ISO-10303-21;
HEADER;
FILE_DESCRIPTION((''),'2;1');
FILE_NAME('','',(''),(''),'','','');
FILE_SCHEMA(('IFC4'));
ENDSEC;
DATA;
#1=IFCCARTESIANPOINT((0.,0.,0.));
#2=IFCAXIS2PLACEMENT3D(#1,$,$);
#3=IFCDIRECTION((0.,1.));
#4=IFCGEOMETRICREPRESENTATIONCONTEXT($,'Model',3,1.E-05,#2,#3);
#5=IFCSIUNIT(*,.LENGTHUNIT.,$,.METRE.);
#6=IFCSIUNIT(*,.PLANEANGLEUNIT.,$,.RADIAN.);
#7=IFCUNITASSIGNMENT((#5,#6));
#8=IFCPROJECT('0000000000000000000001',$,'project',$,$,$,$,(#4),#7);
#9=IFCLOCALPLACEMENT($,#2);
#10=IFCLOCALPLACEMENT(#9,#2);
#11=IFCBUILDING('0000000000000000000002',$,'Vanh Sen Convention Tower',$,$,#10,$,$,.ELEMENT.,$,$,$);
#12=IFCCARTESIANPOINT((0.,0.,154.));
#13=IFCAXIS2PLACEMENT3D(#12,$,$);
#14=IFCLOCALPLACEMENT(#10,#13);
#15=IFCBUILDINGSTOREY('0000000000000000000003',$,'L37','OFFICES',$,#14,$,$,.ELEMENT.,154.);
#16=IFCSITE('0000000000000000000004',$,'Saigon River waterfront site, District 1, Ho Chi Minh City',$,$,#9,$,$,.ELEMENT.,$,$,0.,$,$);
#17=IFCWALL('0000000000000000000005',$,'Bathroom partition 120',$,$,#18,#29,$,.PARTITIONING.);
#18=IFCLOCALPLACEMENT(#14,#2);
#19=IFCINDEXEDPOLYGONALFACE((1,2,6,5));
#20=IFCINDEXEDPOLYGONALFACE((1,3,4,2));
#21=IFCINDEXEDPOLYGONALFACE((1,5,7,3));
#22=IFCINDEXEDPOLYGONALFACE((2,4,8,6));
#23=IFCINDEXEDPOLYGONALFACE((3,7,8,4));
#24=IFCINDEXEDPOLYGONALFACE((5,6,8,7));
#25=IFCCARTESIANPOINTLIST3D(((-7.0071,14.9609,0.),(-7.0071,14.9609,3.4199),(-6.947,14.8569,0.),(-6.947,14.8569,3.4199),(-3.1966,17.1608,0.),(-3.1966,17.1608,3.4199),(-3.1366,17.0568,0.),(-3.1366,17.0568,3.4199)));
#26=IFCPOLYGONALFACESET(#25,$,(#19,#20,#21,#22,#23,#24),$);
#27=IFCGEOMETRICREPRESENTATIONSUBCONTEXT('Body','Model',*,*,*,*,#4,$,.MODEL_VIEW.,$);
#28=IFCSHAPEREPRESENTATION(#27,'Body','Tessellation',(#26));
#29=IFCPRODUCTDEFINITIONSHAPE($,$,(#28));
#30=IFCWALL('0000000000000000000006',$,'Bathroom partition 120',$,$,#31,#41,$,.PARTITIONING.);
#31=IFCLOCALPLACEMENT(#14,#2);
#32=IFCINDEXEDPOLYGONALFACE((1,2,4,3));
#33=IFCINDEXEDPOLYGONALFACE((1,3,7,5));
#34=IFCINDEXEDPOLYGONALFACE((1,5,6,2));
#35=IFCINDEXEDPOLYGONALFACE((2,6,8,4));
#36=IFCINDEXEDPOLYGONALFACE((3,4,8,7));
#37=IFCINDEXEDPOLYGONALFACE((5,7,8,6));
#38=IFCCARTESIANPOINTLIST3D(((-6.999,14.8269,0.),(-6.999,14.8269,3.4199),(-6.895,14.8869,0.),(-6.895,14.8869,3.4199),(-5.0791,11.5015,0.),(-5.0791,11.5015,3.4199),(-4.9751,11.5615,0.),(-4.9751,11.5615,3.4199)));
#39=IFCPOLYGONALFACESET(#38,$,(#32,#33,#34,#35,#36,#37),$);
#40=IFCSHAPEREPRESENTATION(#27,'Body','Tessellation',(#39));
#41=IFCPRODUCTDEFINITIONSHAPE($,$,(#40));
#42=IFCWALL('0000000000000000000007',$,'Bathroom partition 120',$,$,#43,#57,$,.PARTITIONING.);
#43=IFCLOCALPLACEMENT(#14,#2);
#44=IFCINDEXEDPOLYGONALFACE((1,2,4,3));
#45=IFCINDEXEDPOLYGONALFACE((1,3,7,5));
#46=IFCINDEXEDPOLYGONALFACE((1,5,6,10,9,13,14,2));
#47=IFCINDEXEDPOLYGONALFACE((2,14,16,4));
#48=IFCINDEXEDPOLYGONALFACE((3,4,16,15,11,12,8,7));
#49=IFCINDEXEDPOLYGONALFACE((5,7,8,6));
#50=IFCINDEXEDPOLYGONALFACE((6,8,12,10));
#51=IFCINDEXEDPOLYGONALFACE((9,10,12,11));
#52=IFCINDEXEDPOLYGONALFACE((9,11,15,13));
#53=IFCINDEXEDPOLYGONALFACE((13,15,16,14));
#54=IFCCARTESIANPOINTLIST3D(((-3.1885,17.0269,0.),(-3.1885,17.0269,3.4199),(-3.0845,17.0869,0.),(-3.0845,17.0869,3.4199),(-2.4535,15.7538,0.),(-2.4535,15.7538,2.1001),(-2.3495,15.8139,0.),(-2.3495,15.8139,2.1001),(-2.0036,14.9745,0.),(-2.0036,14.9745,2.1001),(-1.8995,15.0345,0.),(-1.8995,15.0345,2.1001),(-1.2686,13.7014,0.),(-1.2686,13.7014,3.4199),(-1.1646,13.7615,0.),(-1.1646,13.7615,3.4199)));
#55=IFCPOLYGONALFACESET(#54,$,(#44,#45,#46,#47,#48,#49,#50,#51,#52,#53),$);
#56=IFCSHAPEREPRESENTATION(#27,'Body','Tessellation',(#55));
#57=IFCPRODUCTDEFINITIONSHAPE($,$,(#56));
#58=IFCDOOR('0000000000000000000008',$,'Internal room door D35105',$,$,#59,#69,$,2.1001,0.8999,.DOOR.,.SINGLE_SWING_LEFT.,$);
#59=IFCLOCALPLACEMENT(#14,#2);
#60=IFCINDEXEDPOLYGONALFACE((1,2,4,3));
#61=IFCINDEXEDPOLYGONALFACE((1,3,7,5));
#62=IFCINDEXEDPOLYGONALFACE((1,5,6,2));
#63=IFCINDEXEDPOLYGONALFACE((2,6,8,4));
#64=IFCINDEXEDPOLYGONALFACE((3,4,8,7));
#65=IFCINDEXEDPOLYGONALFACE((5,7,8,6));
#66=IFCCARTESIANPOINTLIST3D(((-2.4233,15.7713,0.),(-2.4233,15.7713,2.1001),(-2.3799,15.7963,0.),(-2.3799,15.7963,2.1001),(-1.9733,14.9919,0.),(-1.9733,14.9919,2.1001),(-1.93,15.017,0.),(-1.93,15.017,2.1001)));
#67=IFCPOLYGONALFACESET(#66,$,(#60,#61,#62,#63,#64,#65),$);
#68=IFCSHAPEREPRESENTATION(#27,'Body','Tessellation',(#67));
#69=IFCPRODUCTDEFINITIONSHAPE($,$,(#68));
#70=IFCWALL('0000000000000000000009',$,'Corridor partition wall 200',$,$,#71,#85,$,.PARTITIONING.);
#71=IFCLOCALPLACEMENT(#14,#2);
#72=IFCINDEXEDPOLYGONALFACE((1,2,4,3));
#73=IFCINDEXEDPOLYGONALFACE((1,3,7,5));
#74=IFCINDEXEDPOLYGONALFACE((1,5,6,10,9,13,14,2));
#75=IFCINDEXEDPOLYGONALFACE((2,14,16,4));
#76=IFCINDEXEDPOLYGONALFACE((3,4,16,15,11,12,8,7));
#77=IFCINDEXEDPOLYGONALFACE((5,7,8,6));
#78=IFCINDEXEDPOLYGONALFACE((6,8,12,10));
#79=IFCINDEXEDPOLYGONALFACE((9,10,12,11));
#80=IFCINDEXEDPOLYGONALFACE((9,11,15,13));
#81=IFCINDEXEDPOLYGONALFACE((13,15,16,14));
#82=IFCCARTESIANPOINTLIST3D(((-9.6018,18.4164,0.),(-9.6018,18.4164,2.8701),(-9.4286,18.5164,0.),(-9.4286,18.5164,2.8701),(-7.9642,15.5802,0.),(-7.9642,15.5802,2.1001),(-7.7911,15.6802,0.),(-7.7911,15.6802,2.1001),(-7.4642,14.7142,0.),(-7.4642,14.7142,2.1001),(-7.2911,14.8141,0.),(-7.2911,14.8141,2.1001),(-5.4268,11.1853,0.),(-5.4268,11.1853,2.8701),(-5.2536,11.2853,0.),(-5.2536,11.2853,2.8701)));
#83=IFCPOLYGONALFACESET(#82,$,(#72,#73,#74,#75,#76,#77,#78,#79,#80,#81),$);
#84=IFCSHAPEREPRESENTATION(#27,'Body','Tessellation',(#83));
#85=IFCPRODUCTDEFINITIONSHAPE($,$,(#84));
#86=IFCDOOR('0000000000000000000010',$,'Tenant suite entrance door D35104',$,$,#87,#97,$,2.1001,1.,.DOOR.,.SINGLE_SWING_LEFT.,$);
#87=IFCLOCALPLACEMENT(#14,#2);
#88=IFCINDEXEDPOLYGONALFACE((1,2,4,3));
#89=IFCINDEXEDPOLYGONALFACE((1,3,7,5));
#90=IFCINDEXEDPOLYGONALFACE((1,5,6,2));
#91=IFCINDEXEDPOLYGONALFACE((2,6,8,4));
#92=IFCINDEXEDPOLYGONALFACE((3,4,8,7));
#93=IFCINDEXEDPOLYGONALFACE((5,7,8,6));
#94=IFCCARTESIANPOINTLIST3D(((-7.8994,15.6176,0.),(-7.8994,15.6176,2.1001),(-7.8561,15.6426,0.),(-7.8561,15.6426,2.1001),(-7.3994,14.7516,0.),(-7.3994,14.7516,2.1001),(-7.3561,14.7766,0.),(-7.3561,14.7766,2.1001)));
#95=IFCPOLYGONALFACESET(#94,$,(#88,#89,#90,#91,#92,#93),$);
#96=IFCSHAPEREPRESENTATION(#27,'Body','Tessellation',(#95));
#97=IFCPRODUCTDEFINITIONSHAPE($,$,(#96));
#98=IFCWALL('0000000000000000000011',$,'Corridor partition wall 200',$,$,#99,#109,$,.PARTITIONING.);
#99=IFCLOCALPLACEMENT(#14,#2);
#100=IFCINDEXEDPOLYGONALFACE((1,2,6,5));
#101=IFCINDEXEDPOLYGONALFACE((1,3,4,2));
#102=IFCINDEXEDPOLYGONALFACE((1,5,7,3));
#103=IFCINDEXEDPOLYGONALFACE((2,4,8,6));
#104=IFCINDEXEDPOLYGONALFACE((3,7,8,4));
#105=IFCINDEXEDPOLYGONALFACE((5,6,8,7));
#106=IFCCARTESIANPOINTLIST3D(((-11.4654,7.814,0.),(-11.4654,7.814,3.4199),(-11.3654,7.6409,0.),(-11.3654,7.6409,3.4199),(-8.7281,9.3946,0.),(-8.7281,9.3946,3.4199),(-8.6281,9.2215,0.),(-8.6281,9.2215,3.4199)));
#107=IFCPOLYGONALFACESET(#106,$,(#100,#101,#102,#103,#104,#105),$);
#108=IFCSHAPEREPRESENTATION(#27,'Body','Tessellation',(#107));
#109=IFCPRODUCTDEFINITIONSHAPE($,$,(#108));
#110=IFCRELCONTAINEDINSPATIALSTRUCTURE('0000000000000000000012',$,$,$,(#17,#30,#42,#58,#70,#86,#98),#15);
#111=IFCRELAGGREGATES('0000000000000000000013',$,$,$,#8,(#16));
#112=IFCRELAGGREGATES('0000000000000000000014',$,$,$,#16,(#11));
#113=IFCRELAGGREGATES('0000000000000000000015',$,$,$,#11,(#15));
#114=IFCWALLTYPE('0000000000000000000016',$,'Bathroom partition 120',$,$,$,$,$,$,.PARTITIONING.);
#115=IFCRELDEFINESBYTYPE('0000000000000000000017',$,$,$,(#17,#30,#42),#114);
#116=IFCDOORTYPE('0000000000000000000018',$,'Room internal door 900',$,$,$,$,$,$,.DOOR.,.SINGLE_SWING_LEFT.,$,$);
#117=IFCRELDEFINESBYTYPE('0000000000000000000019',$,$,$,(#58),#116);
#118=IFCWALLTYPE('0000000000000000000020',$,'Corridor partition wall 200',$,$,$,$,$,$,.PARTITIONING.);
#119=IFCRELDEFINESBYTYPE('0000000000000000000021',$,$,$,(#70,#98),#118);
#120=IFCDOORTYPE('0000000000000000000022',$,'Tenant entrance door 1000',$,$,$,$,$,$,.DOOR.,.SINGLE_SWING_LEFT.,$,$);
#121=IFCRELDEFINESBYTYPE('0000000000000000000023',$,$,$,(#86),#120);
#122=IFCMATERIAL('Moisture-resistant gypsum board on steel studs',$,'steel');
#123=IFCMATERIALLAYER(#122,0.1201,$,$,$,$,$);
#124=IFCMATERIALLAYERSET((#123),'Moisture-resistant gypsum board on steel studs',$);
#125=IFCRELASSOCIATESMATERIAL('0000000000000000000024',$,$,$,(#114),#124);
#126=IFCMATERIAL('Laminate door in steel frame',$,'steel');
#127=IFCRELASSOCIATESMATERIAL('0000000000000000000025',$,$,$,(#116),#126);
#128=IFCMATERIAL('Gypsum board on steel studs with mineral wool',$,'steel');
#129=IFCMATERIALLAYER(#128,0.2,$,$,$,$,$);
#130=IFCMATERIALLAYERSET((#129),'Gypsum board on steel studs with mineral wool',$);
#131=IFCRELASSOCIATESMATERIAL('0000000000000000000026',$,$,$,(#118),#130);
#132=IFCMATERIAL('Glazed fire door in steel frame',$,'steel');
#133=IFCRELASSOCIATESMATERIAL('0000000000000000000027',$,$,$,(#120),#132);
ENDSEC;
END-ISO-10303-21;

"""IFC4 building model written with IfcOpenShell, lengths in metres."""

from ifc_helpers import new_model, si_unit, direction, frame, frame_2d, origin, place, context, subcontext, project, spatial, rectangle, extrude, material, layer, layer_set, type_object, element, fill, save


model = new_model("IFC4")

# Units and contexts
model_context = context("Model", 3, precision=1e-05, world=origin(), true_north=direction((0.0, 1.0)))
body_context = subcontext(model_context, "Body", "Model", "MODEL_VIEW")
ifc_project = project(units=[si_unit("LENGTHUNIT", "METRE"), si_unit("PLANEANGLEUNIT", "RADIAN")], contexts=[model_context])

# Site, building, storey
site_placement = place(None, origin())
site = spatial("IfcSite", under=ifc_project, at=site_placement, Name="Saigon River waterfront site, District 1, Ho Chi Minh City", CompositionType="ELEMENT", RefElevation=0.0)
building_placement = place(site_placement, origin())
building = spatial("IfcBuilding", under=site, at=building_placement, Name="Vanh Sen Convention Tower", CompositionType="ELEMENT")
storey_placement = place(building_placement, frame((0.0, 0.0, 154.0)))
storey = spatial("IfcBuildingStorey", under=building, at=storey_placement, Name="L37", Description="OFFICES", CompositionType="ELEMENT", Elevation=154.0)

# Walls
ifc_material_1 = material(Name="Moisture-resistant gypsum board on steel studs", Category="steel")
ifc_layer_1 = layer(ifc_material_1, 0.1201)
ifc_layer_set_1 = layer_set([ifc_layer_1], Name="Moisture-resistant gypsum board on steel studs")
wall_type_1 = type_object("IfcWallType", Name="Bathroom partition 120", PredefinedType="PARTITIONING", material=ifc_layer_set_1)
wall_1_placement = place(storey_placement, frame((-6.9771, 14.9089, 0.0), z_axis=(0.0, 0.0, 1.0), x_axis=(0.866032, 0.499988, 0.0)))
element("IfcWall", 1, at=wall_1_placement, inside=storey, type_object=wall_type_1, Name="Bathroom partition 120", PredefinedType="PARTITIONING", context=body_context, shape_type="SweptSolid", body=[
    extrude(rectangle(XDim=4.3999, YDim=0.1201, at=frame_2d((2.2, 0.0))), origin(), (0.0, 0.0, 1.0), 3.4199),
])
wall_2_placement = place(storey_placement, frame((-5.0271, 11.5315, 0.0), z_axis=(0.0, 0.0, 1.0), x_axis=(-0.499996, 0.866028, 0.0)))
element("IfcWall", 2, at=wall_2_placement, inside=storey, type_object=wall_type_1, Name="Bathroom partition 120", PredefinedType="PARTITIONING", context=body_context, shape_type="SweptSolid", body=[
    extrude(rectangle(XDim=3.8398, YDim=0.1201, at=frame_2d((1.9199, 0.0))), origin(), (0.0, 0.0, 1.0), 3.4199),
])

# Walls, openings, doors
wall_3_placement = place(storey_placement, frame((-3.1365, 17.0569, 0.0), z_axis=(0.0, 0.0, 1.0), x_axis=(0.499996, -0.866028, 0.0)))
wall_3 = element("IfcWall", 3, at=wall_3_placement, inside=storey, type_object=wall_type_1, Name="Bathroom partition 120", PredefinedType="PARTITIONING", context=body_context, shape_type="SweptSolid", body=[
    extrude(rectangle(XDim=3.8398, YDim=0.1201, at=frame_2d((1.9199, 0.0))), origin(), (0.0, 0.0, 1.0), 3.4199),
])
opening_1_placement = place(wall_3_placement, frame((1.47, 0.0, 0.0)))
opening_1 = element("IfcOpeningElement", 4, at=opening_1_placement, cuts=wall_3, PredefinedType="OPENING", context=body_context, shape_type="SweptSolid", body=[
    extrude(rectangle(XDim=0.8999, YDim=2.1001, at=frame_2d((0.45, 1.05))), frame((0.0, 0.0701, 0.0), z_axis=(0.0, -1.0, 0.0), x_axis=(1.0, 0.0, 0.0)), (0.0, 0.0, 1.0), 0.1401),
])
ifc_material_2 = material(Name="Laminate door in steel frame", Category="steel")
door_type_1 = type_object("IfcDoorType", Name="Room internal door 900", OperationType="SINGLE_SWING_LEFT", PredefinedType="DOOR", material=ifc_material_2)
door_1_placement = place(opening_1_placement, origin())
door_1 = element("IfcDoor", 5, at=door_1_placement, inside=storey, type_object=door_type_1, Name="Internal room door D35105", OperationType="SINGLE_SWING_LEFT", OverallHeight=2.1001, OverallWidth=0.8999, PredefinedType="DOOR", context=body_context, shape_type="SweptSolid", body=[
    extrude(rectangle(XDim=0.8999, YDim=2.1001, at=frame_2d((0.45, 1.05))), frame((0.0, 0.0249, 0.0), z_axis=(0.0, -1.0, 0.0), x_axis=(1.0, 0.0, 0.0)), (0.0, 0.0, 1.0), 0.05),
])
fill(opening_1, door_1)
ifc_material_3 = material(Name="Gypsum board on steel studs with mineral wool", Category="steel")
ifc_layer_2 = layer(ifc_material_3, 0.2)
ifc_layer_set_2 = layer_set([ifc_layer_2], Name="Gypsum board on steel studs with mineral wool")
wall_type_2 = type_object("IfcWallType", Name="Corridor partition wall 200", PredefinedType="PARTITIONING", material=ifc_layer_set_2)
wall_4_placement = place(storey_placement, frame((-9.5151, 18.4663, 0.0), z_axis=(0.0, 0.0, 1.0), x_axis=(0.50001, -0.86602, 0.0)))
wall_4 = element("IfcWall", 6, at=wall_4_placement, inside=storey, type_object=wall_type_2, Name="Corridor partition wall 200", PredefinedType="PARTITIONING", context=body_context, shape_type="SweptSolid", body=[
    extrude(rectangle(XDim=8.3499, YDim=0.2, at=frame_2d((4.1748, 0.0))), origin(), (0.0, 0.0, 1.0), 2.8701),
])
opening_2_placement = place(wall_4_placement, frame((3.2749, 0.0, 0.0)))
opening_2 = element("IfcOpeningElement", 7, at=opening_2_placement, cuts=wall_4, PredefinedType="OPENING", context=body_context, shape_type="SweptSolid", body=[
    extrude(rectangle(XDim=1.0, YDim=2.1001, at=frame_2d((0.5, 1.05))), frame((0.0, 0.1099, 0.0), z_axis=(0.0, -1.0, 0.0), x_axis=(1.0, 0.0, 0.0)), (0.0, 0.0, 1.0), 0.22),
])
ifc_material_4 = material(Name="Glazed fire door in steel frame", Category="steel")
door_type_2 = type_object("IfcDoorType", Name="Tenant entrance door 1000", OperationType="SINGLE_SWING_LEFT", PredefinedType="DOOR", material=ifc_material_4)
door_2_placement = place(opening_2_placement, origin())
door_2 = element("IfcDoor", 8, at=door_2_placement, inside=storey, type_object=door_type_2, Name="Tenant suite entrance door D35104", OperationType="SINGLE_SWING_LEFT", OverallHeight=2.1001, OverallWidth=1.0, PredefinedType="DOOR", context=body_context, shape_type="SweptSolid", body=[
    extrude(rectangle(XDim=1.0, YDim=2.1001, at=frame_2d((0.5, 1.05))), frame((0.0, 0.0249, 0.0), z_axis=(0.0, -1.0, 0.0), x_axis=(1.0, 0.0, 0.0)), (0.0, 0.0, 1.0), 0.05),
])
fill(opening_2, door_2)

# Wall
wall_5_placement = place(storey_placement, frame((-8.678, 9.3081, 0.0), z_axis=(0.0, 0.0, 1.0), x_axis=(-0.866, -0.500043, 0.0)))
element("IfcWall", 9, at=wall_5_placement, inside=storey, type_object=wall_type_2, Name="Corridor partition wall 200", PredefinedType="PARTITIONING", context=body_context, shape_type="SweptSolid", body=[
    extrude(rectangle(XDim=3.1609, YDim=0.2, at=frame_2d((1.5806, 0.0))), origin(), (0.0, 0.0, 1.0), 3.4199),
])

save(model, "model.ifc")
